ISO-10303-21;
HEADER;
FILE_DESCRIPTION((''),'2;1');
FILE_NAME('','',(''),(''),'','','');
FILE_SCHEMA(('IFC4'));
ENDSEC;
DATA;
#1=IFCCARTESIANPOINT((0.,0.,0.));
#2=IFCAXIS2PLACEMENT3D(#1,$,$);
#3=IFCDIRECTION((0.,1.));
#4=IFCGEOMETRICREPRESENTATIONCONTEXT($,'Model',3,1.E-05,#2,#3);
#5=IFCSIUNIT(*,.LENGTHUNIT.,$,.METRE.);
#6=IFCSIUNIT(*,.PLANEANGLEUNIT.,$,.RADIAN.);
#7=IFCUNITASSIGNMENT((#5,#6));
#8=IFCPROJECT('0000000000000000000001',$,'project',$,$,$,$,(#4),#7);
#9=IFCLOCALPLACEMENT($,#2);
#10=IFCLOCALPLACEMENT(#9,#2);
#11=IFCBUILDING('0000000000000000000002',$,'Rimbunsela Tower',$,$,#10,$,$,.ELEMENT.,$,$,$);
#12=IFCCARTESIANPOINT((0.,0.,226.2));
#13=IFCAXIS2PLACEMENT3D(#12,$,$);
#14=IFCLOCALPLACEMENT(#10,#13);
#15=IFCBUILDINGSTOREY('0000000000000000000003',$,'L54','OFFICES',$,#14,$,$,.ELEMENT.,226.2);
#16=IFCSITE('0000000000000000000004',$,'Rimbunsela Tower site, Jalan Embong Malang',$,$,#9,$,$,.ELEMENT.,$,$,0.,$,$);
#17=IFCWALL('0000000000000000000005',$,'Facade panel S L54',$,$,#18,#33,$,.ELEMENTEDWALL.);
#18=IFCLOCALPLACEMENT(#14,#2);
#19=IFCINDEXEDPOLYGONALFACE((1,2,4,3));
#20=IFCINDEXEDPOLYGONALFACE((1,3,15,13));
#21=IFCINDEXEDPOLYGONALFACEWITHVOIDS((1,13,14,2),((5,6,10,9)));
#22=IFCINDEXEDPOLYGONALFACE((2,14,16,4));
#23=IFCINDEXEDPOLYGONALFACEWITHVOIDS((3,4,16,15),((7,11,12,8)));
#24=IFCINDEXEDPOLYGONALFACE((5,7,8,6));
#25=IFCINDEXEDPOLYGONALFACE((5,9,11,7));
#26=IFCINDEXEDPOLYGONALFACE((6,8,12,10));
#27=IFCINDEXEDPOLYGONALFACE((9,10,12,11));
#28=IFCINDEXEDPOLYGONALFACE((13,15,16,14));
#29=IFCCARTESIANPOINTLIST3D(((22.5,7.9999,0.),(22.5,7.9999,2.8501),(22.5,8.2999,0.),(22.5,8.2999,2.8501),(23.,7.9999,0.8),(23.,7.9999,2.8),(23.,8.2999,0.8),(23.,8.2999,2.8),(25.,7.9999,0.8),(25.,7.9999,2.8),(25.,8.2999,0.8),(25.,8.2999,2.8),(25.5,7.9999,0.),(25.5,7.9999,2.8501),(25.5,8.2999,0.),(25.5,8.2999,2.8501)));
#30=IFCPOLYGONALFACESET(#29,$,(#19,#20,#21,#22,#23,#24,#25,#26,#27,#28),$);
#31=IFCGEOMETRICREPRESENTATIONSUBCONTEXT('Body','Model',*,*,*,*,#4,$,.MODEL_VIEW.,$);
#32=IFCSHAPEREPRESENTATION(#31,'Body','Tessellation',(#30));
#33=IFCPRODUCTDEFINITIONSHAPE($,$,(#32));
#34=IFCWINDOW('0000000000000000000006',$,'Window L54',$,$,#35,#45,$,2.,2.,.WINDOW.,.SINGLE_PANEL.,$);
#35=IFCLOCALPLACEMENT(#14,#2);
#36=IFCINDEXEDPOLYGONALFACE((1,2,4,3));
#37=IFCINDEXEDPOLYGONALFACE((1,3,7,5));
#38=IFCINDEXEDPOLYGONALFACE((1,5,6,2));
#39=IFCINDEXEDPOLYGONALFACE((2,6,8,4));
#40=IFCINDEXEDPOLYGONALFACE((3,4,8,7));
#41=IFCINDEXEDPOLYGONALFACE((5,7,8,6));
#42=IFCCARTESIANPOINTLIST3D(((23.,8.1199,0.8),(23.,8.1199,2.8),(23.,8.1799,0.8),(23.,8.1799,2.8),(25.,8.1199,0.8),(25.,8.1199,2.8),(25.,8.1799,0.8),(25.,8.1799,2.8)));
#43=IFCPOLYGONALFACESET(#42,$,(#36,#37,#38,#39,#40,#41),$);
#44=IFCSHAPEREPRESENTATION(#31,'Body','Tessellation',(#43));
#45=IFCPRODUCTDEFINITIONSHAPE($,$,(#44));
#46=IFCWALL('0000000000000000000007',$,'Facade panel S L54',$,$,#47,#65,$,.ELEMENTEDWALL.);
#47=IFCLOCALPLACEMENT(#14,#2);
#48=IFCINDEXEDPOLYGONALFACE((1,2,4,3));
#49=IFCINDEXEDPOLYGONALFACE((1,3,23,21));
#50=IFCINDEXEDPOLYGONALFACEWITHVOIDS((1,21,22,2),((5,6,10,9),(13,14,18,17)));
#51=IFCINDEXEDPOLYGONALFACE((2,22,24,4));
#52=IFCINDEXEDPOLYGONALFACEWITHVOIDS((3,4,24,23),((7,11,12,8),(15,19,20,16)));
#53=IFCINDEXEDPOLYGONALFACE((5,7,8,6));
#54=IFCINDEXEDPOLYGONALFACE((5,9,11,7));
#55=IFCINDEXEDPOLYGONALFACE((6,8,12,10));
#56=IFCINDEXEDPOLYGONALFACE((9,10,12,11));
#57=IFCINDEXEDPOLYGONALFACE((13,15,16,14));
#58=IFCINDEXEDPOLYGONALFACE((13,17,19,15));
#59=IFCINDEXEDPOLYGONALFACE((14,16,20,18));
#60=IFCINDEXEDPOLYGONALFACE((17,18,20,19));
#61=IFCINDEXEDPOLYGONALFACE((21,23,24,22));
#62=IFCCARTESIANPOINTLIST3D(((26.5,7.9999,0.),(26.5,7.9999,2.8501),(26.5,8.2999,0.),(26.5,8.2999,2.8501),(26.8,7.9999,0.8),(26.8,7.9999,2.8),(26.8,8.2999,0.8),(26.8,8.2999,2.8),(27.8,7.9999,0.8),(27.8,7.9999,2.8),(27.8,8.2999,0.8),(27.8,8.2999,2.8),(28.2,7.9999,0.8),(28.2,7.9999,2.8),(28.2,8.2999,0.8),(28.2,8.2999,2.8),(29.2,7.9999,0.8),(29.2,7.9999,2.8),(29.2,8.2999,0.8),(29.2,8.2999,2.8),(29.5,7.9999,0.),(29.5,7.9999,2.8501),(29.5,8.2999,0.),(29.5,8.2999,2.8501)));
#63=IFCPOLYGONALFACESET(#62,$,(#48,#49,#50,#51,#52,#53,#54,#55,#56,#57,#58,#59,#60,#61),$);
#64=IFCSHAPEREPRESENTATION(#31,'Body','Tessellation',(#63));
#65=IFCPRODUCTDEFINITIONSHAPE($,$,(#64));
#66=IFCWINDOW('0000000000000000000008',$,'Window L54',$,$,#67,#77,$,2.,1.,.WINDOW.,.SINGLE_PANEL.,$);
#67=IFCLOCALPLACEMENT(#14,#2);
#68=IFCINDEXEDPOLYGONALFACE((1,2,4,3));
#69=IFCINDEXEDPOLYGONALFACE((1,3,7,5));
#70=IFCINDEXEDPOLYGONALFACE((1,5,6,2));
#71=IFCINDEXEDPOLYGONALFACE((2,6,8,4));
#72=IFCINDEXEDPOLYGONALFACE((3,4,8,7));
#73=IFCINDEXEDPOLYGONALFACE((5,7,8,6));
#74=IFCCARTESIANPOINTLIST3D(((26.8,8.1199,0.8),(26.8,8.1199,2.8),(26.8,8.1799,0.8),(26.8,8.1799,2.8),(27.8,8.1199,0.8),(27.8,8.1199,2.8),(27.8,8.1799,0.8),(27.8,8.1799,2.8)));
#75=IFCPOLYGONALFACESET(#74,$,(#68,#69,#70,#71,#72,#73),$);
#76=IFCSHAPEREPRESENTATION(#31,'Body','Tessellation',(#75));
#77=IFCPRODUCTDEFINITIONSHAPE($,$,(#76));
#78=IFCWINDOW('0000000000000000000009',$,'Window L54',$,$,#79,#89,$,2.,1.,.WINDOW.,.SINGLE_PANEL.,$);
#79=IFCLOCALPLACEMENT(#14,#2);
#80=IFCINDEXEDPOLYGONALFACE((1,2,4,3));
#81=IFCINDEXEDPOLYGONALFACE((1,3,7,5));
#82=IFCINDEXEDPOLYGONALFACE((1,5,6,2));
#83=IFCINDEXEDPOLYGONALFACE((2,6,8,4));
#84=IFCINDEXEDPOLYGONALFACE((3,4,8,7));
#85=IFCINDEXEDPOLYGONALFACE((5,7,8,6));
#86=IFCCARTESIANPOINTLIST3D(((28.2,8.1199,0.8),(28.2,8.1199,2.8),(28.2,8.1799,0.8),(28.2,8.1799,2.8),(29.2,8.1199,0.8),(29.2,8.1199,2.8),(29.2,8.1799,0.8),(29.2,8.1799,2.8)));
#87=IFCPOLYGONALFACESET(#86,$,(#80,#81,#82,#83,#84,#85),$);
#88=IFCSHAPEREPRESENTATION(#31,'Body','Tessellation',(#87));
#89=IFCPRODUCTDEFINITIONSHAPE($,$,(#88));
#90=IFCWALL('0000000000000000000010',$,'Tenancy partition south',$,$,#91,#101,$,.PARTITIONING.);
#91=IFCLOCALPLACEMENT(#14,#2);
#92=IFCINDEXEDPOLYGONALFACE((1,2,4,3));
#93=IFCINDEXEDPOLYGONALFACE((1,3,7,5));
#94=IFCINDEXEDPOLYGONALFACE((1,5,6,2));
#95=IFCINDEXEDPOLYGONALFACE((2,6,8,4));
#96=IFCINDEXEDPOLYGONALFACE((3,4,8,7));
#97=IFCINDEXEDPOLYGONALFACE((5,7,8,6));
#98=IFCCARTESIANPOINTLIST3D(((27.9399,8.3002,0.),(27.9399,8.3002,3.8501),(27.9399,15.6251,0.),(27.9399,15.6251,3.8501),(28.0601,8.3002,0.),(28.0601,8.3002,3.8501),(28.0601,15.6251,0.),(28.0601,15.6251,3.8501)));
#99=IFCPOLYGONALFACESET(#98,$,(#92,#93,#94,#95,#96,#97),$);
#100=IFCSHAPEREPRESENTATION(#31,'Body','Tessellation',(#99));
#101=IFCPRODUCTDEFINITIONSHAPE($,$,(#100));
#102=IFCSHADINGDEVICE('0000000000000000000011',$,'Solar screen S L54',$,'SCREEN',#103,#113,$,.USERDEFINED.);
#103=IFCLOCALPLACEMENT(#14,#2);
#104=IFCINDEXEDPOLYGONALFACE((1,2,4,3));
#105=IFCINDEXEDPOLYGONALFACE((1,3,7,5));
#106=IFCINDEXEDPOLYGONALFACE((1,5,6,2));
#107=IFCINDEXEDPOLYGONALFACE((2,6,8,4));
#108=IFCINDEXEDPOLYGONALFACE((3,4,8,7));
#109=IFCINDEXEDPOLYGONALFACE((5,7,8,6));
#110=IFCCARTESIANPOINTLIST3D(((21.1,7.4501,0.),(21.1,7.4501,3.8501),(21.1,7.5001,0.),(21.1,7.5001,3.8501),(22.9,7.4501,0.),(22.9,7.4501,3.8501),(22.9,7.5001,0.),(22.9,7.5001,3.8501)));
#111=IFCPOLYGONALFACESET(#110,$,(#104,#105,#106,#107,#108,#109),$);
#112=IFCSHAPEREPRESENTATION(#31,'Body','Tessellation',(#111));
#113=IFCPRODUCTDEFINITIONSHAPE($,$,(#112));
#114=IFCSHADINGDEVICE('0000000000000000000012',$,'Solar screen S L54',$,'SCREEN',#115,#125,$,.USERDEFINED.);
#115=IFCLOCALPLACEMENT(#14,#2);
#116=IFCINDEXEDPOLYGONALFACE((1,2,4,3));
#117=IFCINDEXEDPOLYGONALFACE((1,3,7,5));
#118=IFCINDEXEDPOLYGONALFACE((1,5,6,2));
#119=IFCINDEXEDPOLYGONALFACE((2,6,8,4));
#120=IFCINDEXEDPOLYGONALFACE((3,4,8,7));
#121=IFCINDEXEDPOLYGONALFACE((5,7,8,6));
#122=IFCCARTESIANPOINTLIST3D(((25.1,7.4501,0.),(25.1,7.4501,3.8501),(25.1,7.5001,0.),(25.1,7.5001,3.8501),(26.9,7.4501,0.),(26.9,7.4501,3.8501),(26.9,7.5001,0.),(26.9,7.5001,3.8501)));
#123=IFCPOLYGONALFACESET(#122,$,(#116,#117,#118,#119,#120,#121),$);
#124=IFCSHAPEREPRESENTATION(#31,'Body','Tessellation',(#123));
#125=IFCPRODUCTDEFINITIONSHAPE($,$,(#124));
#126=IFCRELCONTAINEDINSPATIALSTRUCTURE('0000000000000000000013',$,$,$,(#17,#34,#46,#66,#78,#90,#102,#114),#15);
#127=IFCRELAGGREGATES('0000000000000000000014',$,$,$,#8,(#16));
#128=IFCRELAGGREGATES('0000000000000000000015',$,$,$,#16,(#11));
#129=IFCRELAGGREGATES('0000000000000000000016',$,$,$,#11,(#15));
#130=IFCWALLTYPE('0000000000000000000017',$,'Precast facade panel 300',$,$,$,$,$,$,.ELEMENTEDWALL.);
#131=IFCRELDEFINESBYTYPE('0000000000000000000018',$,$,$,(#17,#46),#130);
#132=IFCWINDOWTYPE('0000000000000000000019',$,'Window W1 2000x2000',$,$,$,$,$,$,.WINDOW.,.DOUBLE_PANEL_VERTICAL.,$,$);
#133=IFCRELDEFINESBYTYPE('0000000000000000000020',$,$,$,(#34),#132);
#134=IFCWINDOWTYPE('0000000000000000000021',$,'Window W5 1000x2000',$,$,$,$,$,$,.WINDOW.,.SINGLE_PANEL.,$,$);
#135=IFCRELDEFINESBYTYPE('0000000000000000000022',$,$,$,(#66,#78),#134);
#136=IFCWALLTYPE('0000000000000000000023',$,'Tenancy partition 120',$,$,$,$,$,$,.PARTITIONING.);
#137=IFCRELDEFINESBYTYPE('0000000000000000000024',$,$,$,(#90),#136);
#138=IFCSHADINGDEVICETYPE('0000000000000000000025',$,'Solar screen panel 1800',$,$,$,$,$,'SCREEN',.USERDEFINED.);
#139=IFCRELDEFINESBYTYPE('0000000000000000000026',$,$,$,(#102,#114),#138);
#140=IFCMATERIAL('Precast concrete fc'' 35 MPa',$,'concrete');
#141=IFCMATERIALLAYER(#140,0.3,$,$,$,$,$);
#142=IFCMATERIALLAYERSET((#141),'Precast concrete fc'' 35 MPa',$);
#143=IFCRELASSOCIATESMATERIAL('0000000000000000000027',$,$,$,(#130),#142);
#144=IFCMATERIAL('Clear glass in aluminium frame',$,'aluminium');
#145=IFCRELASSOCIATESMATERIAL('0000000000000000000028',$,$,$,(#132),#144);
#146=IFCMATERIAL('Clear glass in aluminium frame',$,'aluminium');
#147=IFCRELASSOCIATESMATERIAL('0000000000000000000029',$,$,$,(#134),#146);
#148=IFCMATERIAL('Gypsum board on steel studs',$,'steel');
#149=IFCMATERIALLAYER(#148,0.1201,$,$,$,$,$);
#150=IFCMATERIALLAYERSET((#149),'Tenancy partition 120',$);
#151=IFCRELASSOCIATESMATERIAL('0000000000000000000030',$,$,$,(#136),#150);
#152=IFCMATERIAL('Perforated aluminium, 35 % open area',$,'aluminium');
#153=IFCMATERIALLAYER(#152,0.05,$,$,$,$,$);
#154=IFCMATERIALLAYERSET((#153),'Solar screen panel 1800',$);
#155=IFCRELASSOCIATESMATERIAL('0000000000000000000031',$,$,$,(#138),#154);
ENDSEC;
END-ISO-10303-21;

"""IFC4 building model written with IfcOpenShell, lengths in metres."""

from ifc_helpers import new_model, si_unit, direction, frame, frame_2d, origin, origin_2d, place, context, subcontext, project, spatial, rectangle, extrude, material, layer, layer_set, type_object, element, fill, save


model = new_model("IFC4")

# Units and contexts
model_context = context("Model", 3, precision=1e-05, world=origin(), true_north=direction((0.0, 1.0)))
body_context = subcontext(model_context, "Body", "Model", "MODEL_VIEW")
ifc_project = project(units=[si_unit("LENGTHUNIT", "METRE"), si_unit("PLANEANGLEUNIT", "RADIAN")], contexts=[model_context])

# Site, building, storey
site_placement = place(None, origin())
site = spatial("IfcSite", under=ifc_project, at=site_placement, Name="Rimbunsela Tower site, Jalan Embong Malang", CompositionType="ELEMENT", RefElevation=0.0)
building_placement = place(site_placement, origin())
building = spatial("IfcBuilding", under=site, at=building_placement, Name="Rimbunsela Tower", CompositionType="ELEMENT")
storey_placement = place(building_placement, frame((0.0, 0.0, 226.2)))
storey = spatial("IfcBuildingStorey", under=building, at=storey_placement, Name="L54", Description="OFFICES", CompositionType="ELEMENT", Elevation=226.2)

# Wall, opening, window
ifc_material_1 = material(Name="Precast concrete fc' 35 MPa", Category="concrete")
ifc_layer_1 = layer(ifc_material_1, 0.3)
ifc_layer_set_1 = layer_set([ifc_layer_1], Name="Precast concrete fc' 35 MPa")
wall_type_1 = type_object("IfcWallType", Name="Precast facade panel 300", PredefinedType="ELEMENTEDWALL", material=ifc_layer_set_1)
wall_1_placement = place(storey_placement, frame((22.5, 8.1499, 0.0), z_axis=(0.0, 0.0, 1.0), x_axis=(1.0, 0.0, 0.0)))
wall_1 = element("IfcWall", 1, at=wall_1_placement, inside=storey, type_object=wall_type_1, Name="Facade panel S L54", PredefinedType="ELEMENTEDWALL", context=body_context, shape_type="SweptSolid", body=[
    extrude(rectangle(XDim=3.0, YDim=0.3, at=frame_2d((1.5, 0.0))), origin(), (0.0, 0.0, 1.0), 2.8501),
])
opening_1_placement = place(wall_1_placement, frame((0.5, 0.0, 0.8)))
opening_1 = element("IfcOpeningElement", 2, at=opening_1_placement, cuts=wall_1, PredefinedType="OPENING", context=body_context, shape_type="SweptSolid", body=[
    extrude(rectangle(XDim=2.0, YDim=2.0, at=frame_2d((1.0, 1.0))), frame((0.0, 0.1599, 0.0), z_axis=(0.0, -1.0, 0.0), x_axis=(1.0, 0.0, 0.0)), (0.0, 0.0, 1.0), 0.3201),
])
ifc_material_2 = material(Name="Clear glass in aluminium frame", Category="aluminium")
window_type_1 = type_object("IfcWindowType", Name="Window W1 2000x2000", PartitioningType="DOUBLE_PANEL_VERTICAL", PredefinedType="WINDOW", material=ifc_material_2)
window_1_placement = place(opening_1_placement, origin())
window_1 = element("IfcWindow", 3, at=window_1_placement, inside=storey, type_object=window_type_1, Name="Window L54", OverallHeight=2.0, OverallWidth=2.0, PartitioningType="SINGLE_PANEL", PredefinedType="WINDOW", context=body_context, shape_type="SweptSolid", body=[
    extrude(rectangle(XDim=2.0, YDim=2.0, at=frame_2d((1.0, 1.0))), frame((0.0, 0.03, 0.0), z_axis=(0.0, -1.0, 0.0), x_axis=(1.0, 0.0, 0.0)), (0.0, 0.0, 1.0), 0.0601),
])
fill(opening_1, window_1)

# Wall, openings, windows
wall_2_placement = place(storey_placement, frame((26.5, 8.1499, 0.0), z_axis=(0.0, 0.0, 1.0), x_axis=(1.0, 0.0, 0.0)))
wall_2 = element("IfcWall", 4, at=wall_2_placement, inside=storey, type_object=wall_type_1, Name="Facade panel S L54", PredefinedType="ELEMENTEDWALL", context=body_context, shape_type="SweptSolid", body=[
    extrude(rectangle(XDim=3.0, YDim=0.3, at=frame_2d((1.5, 0.0))), origin(), (0.0, 0.0, 1.0), 2.8501),
])
opening_2_placement = place(wall_2_placement, frame((0.3, 0.0, 0.8)))
opening_2 = element("IfcOpeningElement", 5, at=opening_2_placement, cuts=wall_2, PredefinedType="OPENING", context=body_context, shape_type="SweptSolid", body=[
    extrude(rectangle(XDim=1.0, YDim=2.0, at=frame_2d((0.5, 1.0))), frame((0.0, 0.1599, 0.0), z_axis=(0.0, -1.0, 0.0), x_axis=(1.0, 0.0, 0.0)), (0.0, 0.0, 1.0), 0.3201),
])
opening_3_placement = place(wall_2_placement, frame((1.7, 0.0, 0.8)))
opening_3 = element("IfcOpeningElement", 6, at=opening_3_placement, cuts=wall_2, PredefinedType="OPENING", context=body_context, shape_type="SweptSolid", body=[
    extrude(rectangle(XDim=1.0, YDim=2.0, at=frame_2d((0.5, 1.0))), frame((0.0, 0.1599, 0.0), z_axis=(0.0, -1.0, 0.0), x_axis=(1.0, 0.0, 0.0)), (0.0, 0.0, 1.0), 0.3201),
])
ifc_material_3 = material(Name="Clear glass in aluminium frame", Category="aluminium")
window_type_2 = type_object("IfcWindowType", Name="Window W5 1000x2000", PartitioningType="SINGLE_PANEL", PredefinedType="WINDOW", material=ifc_material_3)
window_2_placement = place(opening_2_placement, origin())
window_2 = element("IfcWindow", 7, at=window_2_placement, inside=storey, type_object=window_type_2, Name="Window L54", OverallHeight=2.0, OverallWidth=1.0, PartitioningType="SINGLE_PANEL", PredefinedType="WINDOW", context=body_context, shape_type="SweptSolid", body=[
    extrude(rectangle(XDim=1.0, YDim=2.0, at=frame_2d((0.5, 1.0))), frame((0.0, 0.03, 0.0), z_axis=(0.0, -1.0, 0.0), x_axis=(1.0, 0.0, 0.0)), (0.0, 0.0, 1.0), 0.0601),
])
fill(opening_2, window_2)
window_3_placement = place(opening_3_placement, origin())
window_3 = element("IfcWindow", 8, at=window_3_placement, inside=storey, type_object=window_type_2, Name="Window L54", OverallHeight=2.0, OverallWidth=1.0, PartitioningType="SINGLE_PANEL", PredefinedType="WINDOW", context=body_context, shape_type="SweptSolid", body=[
    extrude(rectangle(XDim=1.0, YDim=2.0, at=frame_2d((0.5, 1.0))), frame((0.0, 0.03, 0.0), z_axis=(0.0, -1.0, 0.0), x_axis=(1.0, 0.0, 0.0)), (0.0, 0.0, 1.0), 0.0601),
])
fill(opening_3, window_3)

# Wall
ifc_material_4 = material(Name="Gypsum board on steel studs", Category="steel")
ifc_layer_2 = layer(ifc_material_4, 0.1201)
ifc_layer_set_2 = layer_set([ifc_layer_2], Name="Tenancy partition 120")
wall_type_2 = type_object("IfcWallType", Name="Tenancy partition 120", PredefinedType="PARTITIONING", material=ifc_layer_set_2)
wall_3_placement = place(storey_placement, frame((28.0, 8.3, 0.0), z_axis=(0.0, 0.0, 1.0), x_axis=(0.0, 1.0, 0.0)))
element("IfcWall", 9, at=wall_3_placement, inside=storey, type_object=wall_type_2, Name="Tenancy partition south", PredefinedType="PARTITIONING", context=body_context, shape_type="SweptSolid", body=[
    extrude(rectangle(XDim=7.325, YDim=0.1201, at=frame_2d((3.6626, 0.0))), origin(), (0.0, 0.0, 1.0), 3.8501),
])

# Shading devices
ifc_material_5 = material(Name="Perforated aluminium, 35 % open area", Category="aluminium")
ifc_layer_3 = layer(ifc_material_5, 0.05)
ifc_layer_set_3 = layer_set([ifc_layer_3], Name="Solar screen panel 1800")
shading_device_type = type_object("IfcShadingDeviceType", Name="Solar screen panel 1800", ElementType="SCREEN", PredefinedType="USERDEFINED", material=ifc_layer_set_3)
for number, where, z_axis, x_axis, name in (
    (10, (22.0, 7.4751, 0.0), (0.0, 0.0, 1.0), (1.0, 0.0, 0.0), "Solar screen S L54"),
    (11, (26.0, 7.4751, 0.0), (0.0, 0.0, 1.0), (1.0, 0.0, 0.0), "Solar screen S L54"),
):
    element("IfcShadingDevice", number, at=place(storey_placement, frame(where, z_axis=z_axis, x_axis=x_axis)), inside=storey, type_object=shading_device_type, Name=name, ObjectType="SCREEN", PredefinedType="USERDEFINED", context=body_context, shape_type="SweptSolid", body=[
        extrude(rectangle(XDim=1.8, YDim=0.05, at=origin_2d()), origin(), (0.0, 0.0, 1.0), 3.8501),
    ])

save(model, "model.ifc")
